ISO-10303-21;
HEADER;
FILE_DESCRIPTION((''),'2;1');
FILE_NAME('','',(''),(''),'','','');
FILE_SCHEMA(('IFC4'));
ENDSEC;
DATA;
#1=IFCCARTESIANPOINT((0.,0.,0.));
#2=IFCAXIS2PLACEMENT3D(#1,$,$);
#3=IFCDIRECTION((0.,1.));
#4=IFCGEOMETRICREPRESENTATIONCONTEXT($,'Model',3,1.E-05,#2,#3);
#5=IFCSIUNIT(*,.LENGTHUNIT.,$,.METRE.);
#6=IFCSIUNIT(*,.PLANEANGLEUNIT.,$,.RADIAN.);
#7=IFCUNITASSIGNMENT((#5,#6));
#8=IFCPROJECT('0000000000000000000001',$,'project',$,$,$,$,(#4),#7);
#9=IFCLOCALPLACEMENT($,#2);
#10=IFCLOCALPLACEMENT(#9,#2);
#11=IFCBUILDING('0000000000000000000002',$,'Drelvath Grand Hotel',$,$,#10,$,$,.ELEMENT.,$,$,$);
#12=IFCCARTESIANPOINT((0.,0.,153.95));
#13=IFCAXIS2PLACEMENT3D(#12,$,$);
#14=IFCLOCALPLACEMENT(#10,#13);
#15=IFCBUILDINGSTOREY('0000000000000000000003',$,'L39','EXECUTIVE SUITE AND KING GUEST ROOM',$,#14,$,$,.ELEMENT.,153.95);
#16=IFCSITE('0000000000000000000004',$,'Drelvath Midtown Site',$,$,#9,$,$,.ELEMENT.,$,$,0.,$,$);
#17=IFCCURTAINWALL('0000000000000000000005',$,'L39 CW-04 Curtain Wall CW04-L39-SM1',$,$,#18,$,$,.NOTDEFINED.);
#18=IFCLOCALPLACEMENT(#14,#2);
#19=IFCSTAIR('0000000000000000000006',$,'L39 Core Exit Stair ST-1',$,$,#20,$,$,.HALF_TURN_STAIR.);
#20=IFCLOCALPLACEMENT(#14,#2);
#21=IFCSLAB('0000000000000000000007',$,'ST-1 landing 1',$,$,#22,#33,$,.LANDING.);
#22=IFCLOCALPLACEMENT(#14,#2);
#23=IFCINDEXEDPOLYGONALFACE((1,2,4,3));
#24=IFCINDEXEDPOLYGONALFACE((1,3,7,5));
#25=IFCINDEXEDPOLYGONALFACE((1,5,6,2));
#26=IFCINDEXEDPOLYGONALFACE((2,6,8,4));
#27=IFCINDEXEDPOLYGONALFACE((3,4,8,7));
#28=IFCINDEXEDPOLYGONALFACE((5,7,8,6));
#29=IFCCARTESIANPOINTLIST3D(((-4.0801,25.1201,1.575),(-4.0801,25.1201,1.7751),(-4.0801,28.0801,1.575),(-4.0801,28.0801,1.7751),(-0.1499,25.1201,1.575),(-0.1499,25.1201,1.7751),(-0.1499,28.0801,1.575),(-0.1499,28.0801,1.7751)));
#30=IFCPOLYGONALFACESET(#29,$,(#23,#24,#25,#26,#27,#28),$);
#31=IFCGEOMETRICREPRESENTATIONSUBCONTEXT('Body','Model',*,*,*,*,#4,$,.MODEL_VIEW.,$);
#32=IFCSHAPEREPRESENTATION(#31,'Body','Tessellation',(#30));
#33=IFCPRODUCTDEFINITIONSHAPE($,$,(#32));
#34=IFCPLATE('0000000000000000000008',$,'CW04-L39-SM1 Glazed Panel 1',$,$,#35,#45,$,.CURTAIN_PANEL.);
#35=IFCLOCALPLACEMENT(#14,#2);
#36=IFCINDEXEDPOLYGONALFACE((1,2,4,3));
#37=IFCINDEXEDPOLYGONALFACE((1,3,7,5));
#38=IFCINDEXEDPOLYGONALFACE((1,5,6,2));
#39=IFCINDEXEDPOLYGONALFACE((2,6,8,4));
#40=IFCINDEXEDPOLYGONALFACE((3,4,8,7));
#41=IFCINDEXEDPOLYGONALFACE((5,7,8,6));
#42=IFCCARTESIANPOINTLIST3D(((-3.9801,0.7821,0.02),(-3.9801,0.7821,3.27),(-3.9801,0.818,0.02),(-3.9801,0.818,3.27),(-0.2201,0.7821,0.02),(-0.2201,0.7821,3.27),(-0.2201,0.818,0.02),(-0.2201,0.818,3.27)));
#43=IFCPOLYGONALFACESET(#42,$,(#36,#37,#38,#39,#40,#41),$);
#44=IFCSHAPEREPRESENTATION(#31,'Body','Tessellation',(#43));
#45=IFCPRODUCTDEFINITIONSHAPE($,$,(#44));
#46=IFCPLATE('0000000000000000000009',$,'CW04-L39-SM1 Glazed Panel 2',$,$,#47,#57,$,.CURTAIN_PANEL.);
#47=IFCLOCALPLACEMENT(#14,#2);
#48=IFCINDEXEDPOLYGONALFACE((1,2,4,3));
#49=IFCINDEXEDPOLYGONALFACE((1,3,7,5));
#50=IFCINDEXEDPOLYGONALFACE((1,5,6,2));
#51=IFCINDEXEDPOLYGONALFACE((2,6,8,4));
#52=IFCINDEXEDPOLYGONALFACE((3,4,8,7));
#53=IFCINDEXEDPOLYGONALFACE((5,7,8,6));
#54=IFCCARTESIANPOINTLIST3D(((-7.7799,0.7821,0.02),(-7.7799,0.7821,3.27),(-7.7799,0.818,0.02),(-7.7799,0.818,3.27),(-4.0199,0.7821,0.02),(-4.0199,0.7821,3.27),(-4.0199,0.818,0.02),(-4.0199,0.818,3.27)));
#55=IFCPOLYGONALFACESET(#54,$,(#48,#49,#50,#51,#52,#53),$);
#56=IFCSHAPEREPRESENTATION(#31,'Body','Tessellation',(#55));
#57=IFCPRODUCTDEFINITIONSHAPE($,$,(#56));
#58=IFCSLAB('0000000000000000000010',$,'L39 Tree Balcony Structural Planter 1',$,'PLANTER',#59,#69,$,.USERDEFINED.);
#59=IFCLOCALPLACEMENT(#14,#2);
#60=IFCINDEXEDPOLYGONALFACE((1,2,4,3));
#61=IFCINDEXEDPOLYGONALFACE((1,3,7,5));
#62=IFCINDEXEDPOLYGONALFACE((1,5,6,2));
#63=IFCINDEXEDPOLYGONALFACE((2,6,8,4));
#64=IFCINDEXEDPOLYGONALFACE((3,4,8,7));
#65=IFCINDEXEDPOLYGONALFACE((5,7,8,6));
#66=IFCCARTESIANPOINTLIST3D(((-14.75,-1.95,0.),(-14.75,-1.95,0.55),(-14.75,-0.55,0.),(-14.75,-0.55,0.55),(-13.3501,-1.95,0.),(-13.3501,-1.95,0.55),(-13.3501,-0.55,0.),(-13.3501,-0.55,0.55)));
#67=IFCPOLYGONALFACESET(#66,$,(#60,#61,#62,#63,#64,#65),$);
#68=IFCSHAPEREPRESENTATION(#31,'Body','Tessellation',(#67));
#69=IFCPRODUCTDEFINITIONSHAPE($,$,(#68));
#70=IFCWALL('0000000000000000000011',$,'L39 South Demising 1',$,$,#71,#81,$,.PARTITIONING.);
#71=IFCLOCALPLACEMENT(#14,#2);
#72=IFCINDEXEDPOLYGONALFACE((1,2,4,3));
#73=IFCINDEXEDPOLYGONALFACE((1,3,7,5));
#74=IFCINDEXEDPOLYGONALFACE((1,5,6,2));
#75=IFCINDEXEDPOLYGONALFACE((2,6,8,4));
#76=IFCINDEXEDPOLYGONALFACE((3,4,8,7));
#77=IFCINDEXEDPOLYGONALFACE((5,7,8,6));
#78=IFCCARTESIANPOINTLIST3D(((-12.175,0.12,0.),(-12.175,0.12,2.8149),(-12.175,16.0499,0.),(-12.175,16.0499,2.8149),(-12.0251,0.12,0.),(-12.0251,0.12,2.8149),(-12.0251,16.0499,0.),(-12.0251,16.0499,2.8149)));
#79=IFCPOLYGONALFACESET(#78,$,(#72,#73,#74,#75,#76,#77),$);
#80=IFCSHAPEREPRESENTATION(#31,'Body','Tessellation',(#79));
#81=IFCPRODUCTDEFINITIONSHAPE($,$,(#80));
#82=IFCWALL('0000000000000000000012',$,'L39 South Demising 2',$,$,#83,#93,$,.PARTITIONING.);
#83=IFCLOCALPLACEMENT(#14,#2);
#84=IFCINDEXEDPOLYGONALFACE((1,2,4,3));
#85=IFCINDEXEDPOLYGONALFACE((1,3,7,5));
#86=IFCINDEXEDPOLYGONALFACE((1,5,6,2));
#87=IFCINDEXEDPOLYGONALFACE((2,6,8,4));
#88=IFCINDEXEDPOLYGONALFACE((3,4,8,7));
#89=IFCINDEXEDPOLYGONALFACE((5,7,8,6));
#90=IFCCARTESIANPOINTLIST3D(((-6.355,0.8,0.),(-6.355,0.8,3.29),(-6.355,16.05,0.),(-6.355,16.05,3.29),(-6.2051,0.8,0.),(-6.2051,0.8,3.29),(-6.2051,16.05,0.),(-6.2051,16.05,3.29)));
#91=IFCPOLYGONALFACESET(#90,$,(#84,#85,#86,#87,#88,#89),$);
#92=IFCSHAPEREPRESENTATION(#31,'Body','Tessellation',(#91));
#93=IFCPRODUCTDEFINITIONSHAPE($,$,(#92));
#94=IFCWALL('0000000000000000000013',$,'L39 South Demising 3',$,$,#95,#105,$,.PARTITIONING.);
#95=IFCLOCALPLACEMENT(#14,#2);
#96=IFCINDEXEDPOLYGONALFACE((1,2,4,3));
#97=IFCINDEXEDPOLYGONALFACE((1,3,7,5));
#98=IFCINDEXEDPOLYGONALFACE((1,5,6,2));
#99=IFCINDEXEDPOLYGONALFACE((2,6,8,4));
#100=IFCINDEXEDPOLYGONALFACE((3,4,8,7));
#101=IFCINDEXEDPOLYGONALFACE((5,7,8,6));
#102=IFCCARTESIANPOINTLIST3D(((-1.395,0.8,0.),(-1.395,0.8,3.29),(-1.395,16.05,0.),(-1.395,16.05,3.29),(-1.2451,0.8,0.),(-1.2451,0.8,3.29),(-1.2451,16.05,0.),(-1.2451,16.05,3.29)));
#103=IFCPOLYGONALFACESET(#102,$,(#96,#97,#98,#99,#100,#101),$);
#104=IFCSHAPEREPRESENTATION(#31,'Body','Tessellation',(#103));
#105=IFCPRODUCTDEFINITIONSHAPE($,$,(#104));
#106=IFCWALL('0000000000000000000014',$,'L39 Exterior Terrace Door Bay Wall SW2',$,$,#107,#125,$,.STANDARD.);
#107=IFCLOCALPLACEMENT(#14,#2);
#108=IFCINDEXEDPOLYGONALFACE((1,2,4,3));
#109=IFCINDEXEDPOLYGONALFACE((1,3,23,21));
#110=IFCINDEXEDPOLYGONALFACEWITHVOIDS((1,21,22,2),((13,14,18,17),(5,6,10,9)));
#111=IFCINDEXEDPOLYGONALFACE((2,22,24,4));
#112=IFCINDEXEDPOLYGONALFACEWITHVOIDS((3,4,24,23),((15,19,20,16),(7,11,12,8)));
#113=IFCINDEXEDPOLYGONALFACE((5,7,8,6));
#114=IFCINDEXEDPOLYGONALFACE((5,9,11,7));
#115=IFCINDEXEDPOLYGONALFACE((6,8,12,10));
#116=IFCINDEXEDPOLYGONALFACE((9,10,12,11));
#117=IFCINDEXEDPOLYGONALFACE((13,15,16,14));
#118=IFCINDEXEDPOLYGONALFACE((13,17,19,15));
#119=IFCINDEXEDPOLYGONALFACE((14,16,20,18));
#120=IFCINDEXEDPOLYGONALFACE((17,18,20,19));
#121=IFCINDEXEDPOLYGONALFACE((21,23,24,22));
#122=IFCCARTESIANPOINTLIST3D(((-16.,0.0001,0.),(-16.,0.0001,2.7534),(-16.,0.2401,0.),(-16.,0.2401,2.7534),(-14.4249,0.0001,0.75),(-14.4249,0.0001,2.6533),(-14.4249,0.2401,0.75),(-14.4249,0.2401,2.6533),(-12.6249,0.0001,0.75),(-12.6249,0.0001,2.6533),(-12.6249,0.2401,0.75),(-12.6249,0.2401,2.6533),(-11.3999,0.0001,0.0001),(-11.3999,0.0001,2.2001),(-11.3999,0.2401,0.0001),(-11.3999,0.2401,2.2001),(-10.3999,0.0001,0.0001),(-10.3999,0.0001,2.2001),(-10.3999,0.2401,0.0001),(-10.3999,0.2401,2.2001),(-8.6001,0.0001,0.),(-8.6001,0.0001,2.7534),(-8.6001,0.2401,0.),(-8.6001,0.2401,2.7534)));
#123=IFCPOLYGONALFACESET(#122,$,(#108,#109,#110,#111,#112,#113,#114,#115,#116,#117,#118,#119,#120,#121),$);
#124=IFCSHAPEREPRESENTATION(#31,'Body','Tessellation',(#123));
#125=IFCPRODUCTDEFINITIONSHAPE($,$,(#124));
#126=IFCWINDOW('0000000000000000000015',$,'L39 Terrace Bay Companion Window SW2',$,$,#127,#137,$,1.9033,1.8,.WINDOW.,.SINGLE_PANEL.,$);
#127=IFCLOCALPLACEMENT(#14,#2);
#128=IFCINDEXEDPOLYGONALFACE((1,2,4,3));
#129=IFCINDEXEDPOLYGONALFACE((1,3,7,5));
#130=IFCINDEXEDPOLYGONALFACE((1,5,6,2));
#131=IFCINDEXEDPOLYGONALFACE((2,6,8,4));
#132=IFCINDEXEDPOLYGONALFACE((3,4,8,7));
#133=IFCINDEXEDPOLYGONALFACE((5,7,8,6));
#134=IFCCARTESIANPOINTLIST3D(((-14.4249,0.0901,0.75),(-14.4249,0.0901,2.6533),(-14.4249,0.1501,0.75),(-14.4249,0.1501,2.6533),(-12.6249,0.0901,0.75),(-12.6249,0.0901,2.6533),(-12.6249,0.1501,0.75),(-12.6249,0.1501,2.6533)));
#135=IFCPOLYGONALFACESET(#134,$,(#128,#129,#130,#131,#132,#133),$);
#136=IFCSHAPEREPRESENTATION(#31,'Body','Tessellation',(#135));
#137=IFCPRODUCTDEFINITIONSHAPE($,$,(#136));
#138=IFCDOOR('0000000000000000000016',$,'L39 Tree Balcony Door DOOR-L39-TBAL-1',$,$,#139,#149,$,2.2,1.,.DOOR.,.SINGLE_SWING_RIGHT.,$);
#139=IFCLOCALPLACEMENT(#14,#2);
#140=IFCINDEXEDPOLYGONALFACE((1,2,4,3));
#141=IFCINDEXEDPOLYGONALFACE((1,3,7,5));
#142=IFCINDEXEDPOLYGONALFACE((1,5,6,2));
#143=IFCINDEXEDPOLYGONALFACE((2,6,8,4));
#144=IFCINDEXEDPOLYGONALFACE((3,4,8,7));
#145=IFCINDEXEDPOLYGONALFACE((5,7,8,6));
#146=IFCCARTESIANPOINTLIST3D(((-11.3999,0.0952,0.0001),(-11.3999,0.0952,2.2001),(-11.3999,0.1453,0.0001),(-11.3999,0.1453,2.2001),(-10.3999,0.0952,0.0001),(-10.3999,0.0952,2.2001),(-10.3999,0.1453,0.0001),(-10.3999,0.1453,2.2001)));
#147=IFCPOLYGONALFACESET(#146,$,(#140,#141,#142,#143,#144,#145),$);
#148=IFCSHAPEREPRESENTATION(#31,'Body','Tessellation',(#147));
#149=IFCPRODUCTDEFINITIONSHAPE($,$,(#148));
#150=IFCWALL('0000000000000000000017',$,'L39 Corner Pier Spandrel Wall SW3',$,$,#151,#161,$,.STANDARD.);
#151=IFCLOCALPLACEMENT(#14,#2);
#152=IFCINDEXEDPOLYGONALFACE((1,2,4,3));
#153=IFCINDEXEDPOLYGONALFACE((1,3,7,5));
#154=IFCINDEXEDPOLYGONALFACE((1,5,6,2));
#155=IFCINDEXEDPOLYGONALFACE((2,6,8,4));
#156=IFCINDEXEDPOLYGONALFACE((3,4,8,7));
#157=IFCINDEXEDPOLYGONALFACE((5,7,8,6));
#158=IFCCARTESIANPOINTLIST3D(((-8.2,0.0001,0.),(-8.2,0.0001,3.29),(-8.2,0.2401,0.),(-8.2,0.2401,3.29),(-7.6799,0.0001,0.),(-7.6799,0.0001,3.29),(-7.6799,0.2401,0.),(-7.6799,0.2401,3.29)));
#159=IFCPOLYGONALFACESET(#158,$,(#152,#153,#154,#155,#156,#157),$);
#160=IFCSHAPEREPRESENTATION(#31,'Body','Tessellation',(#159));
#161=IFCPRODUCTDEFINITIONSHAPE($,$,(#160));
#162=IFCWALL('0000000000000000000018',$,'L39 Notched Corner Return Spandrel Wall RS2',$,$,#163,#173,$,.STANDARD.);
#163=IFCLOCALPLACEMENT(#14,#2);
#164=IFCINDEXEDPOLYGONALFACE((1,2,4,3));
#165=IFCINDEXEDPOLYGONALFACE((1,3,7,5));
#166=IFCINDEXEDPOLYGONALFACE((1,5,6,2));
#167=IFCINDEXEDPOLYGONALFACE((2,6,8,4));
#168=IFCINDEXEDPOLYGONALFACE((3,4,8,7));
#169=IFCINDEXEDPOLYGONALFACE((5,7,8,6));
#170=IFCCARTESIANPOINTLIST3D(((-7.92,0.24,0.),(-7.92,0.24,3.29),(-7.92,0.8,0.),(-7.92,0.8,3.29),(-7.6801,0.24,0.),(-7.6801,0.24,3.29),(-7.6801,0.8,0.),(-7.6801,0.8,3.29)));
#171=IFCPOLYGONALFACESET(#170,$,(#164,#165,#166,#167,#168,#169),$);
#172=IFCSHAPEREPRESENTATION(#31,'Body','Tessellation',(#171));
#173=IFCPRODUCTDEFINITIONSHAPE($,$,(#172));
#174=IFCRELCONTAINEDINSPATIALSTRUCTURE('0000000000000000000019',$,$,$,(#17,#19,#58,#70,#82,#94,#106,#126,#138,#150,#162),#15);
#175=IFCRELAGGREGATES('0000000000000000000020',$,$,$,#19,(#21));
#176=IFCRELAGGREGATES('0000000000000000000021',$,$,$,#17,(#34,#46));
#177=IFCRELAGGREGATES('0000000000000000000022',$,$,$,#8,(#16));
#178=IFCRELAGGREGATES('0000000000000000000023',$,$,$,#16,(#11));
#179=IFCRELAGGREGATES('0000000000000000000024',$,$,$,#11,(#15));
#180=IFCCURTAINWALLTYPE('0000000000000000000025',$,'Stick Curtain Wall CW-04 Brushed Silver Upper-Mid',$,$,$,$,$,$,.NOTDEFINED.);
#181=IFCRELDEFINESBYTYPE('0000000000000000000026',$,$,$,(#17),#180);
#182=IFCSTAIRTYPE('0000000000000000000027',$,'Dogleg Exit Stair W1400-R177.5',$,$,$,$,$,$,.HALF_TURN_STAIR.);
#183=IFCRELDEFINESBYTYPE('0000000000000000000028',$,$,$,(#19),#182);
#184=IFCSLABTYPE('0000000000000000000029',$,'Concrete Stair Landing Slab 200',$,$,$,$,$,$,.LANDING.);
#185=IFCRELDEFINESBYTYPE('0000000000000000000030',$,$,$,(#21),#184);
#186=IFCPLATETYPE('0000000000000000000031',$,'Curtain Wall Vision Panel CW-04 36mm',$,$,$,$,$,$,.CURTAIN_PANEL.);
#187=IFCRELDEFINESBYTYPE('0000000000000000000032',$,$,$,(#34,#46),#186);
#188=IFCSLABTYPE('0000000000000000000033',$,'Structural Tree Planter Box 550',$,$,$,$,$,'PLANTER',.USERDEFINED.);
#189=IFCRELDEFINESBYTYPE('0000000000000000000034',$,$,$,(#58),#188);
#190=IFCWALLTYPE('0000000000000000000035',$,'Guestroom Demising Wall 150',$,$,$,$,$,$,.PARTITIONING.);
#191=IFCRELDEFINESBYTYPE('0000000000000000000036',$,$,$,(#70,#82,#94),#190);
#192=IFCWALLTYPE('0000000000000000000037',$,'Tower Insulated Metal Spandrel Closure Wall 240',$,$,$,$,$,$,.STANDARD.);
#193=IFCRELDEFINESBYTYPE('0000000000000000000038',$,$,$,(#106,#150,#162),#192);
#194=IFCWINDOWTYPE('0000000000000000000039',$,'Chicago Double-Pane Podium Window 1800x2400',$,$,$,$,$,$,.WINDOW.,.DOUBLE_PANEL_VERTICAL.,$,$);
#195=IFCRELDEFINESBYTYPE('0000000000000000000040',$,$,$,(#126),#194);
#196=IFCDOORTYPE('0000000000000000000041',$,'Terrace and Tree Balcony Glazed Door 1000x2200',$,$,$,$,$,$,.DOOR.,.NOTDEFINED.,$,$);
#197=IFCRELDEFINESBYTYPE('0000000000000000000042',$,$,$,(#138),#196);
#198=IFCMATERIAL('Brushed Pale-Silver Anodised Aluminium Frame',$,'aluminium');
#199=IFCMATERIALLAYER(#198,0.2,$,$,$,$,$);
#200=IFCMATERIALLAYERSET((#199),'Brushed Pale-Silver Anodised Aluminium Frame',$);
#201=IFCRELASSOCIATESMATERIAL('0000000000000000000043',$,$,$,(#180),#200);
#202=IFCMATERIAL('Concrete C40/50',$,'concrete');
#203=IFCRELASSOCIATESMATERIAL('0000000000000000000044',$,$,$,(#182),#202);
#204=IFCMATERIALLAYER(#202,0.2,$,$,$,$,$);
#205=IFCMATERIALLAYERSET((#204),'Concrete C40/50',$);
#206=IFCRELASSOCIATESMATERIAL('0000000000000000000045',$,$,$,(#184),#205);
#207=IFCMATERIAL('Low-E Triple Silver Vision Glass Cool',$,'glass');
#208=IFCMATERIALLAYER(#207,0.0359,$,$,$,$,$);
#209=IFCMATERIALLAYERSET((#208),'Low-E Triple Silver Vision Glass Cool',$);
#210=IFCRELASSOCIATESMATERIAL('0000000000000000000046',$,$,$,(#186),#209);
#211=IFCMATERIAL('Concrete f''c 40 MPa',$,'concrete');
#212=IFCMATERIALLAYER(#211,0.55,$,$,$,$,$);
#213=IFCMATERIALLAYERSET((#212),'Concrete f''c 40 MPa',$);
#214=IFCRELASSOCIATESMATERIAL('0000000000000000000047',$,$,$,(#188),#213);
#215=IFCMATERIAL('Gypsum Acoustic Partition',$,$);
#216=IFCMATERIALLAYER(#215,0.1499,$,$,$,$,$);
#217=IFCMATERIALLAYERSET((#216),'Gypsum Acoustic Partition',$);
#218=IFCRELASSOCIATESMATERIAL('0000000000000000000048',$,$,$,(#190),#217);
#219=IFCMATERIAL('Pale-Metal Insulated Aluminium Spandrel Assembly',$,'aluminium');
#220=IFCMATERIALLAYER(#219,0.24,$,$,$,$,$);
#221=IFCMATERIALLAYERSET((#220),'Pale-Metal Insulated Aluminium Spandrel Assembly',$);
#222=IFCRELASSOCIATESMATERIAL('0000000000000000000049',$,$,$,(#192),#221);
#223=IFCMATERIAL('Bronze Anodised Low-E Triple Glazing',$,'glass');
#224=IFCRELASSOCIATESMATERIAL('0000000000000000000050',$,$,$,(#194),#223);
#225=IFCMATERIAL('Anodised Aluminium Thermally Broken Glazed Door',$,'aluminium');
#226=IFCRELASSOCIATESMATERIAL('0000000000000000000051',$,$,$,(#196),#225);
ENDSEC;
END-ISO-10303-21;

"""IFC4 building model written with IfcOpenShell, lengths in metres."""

from ifc_helpers import new_model, si_unit, direction, frame, frame_2d, origin, origin_2d, place, context, subcontext, project, spatial, polyline, rectangle, outline, extrude, material, layer, layer_set, type_object, element, fill, aggregate, save


model = new_model("IFC4")

# Units and contexts
model_context = context("Model", 3, precision=1e-05, world=origin(), true_north=direction((0.0, 1.0)))
body_context = subcontext(model_context, "Body", "Model", "MODEL_VIEW")
ifc_project = project(units=[si_unit("LENGTHUNIT", "METRE"), si_unit("PLANEANGLEUNIT", "RADIAN")], contexts=[model_context])

# Site, building, storey
site_placement = place(None, origin())
site = spatial("IfcSite", under=ifc_project, at=site_placement, Name="Drelvath Midtown Site", CompositionType="ELEMENT", RefElevation=0.0)
building_placement = place(site_placement, origin())
building = spatial("IfcBuilding", under=site, at=building_placement, Name="Drelvath Grand Hotel", CompositionType="ELEMENT")
storey_placement = place(building_placement, frame((0.0, 0.0, 153.95)))
storey = spatial("IfcBuildingStorey", under=building, at=storey_placement, Name="L39", Description="EXECUTIVE SUITE AND KING GUEST ROOM", CompositionType="ELEMENT", Elevation=153.95)

# Curtain wall
ifc_material_1 = material(Name="Brushed Pale-Silver Anodised Aluminium Frame", Category="aluminium")
ifc_layer_1 = layer(ifc_material_1, 0.2)
ifc_layer_set_1 = layer_set([ifc_layer_1], Name="Brushed Pale-Silver Anodised Aluminium Frame")
curtain_wall_type = type_object("IfcCurtainWallType", Name="Stick Curtain Wall CW-04 Brushed Silver Upper-Mid", PredefinedType="NOTDEFINED", material=ifc_layer_set_1)
curtain_wall_placement = place(storey_placement, origin())
curtain_wall = element("IfcCurtainWall", 1, at=curtain_wall_placement, inside=storey, type_object=curtain_wall_type, Name="L39 CW-04 Curtain Wall CW04-L39-SM1", PredefinedType="NOTDEFINED")

# Shared definitions
ifc_material_2 = material(Name="Concrete f'c 40 MPa", Category="concrete")

# Stair, slab
ifc_material_3 = material(Name="Concrete C40/50", Category="concrete")
stair_type = type_object("IfcStairType", Name="Dogleg Exit Stair W1400-R177.5", PredefinedType="HALF_TURN_STAIR", material=ifc_material_3)
stair_placement = place(storey_placement, origin())
stair = element("IfcStair", 2, at=stair_placement, inside=storey, type_object=stair_type, Name="L39 Core Exit Stair ST-1", PredefinedType="HALF_TURN_STAIR")
ifc_layer_2 = layer(ifc_material_3, 0.2)
ifc_layer_set_2 = layer_set([ifc_layer_2], Name="Concrete C40/50")
slab_type_1 = type_object("IfcSlabType", Name="Concrete Stair Landing Slab 200", PredefinedType="LANDING", material=ifc_layer_set_2)
slab_1_placement = place(storey_placement, frame((0.0, 0.0, 1.575)))
slab_1 = element("IfcSlab", 3, at=slab_1_placement, type_object=slab_type_1, Name="ST-1 landing 1", PredefinedType="LANDING", context=body_context, shape_type="SweptSolid", body=[
    extrude(outline(polyline([(-4.0801, 25.1201), (-0.1499, 25.1201), (-0.1499, 28.0801), (-4.0801, 28.0801), (-4.0801, 25.1201)])), origin(), (0.0, 0.0, 1.0), 0.2002),
])
aggregate(stair, [slab_1])

# Plates
ifc_material_4 = material(Name="Low-E Triple Silver Vision Glass Cool", Category="glass")
ifc_layer_3 = layer(ifc_material_4, 0.0359)
ifc_layer_set_3 = layer_set([ifc_layer_3], Name="Low-E Triple Silver Vision Glass Cool")
plate_type = type_object("IfcPlateType", Name="Curtain Wall Vision Panel CW-04 36mm", PredefinedType="CURTAIN_PANEL", material=ifc_layer_set_3)
plate_1_placement = place(storey_placement, frame((-2.1001, 0.8, 0.02), z_axis=(0.0, 0.0, 1.0), x_axis=(-1.0, 0.0, 0.0)))
plate_1 = element("IfcPlate", 4, at=plate_1_placement, type_object=plate_type, Name="CW04-L39-SM1 Glazed Panel 1", PredefinedType="CURTAIN_PANEL", context=body_context, shape_type="SweptSolid", body=[
    extrude(rectangle(XDim=3.76, YDim=0.0359, at=origin_2d()), origin(), (0.0, 0.0, 1.0), 3.25),
])
plate_2_placement = place(storey_placement, frame((-5.8999, 0.8, 0.02), z_axis=(0.0, 0.0, 1.0), x_axis=(-1.0, 0.0, 0.0)))
plate_2 = element("IfcPlate", 5, at=plate_2_placement, type_object=plate_type, Name="CW04-L39-SM1 Glazed Panel 2", PredefinedType="CURTAIN_PANEL", context=body_context, shape_type="SweptSolid", body=[
    extrude(rectangle(XDim=3.76, YDim=0.0359, at=origin_2d()), origin(), (0.0, 0.0, 1.0), 3.25),
])
aggregate(curtain_wall, [plate_1, plate_2])

# Slab
ifc_layer_4 = layer(ifc_material_2, 0.55)
ifc_layer_set_4 = layer_set([ifc_layer_4], Name="Concrete f'c 40 MPa")
slab_type_2 = type_object("IfcSlabType", Name="Structural Tree Planter Box 550", ElementType="PLANTER", PredefinedType="USERDEFINED", material=ifc_layer_set_4)
slab_2_placement = place(storey_placement, origin())
element("IfcSlab", 6, at=slab_2_placement, inside=storey, type_object=slab_type_2, Name="L39 Tree Balcony Structural Planter 1", ObjectType="PLANTER", PredefinedType="USERDEFINED", context=body_context, shape_type="SweptSolid", body=[
    extrude(outline(polyline([(-14.75, -1.95), (-13.3501, -1.95), (-13.3501, -0.55), (-14.75, -0.55), (-14.75, -1.95)])), origin(), (0.0, 0.0, 1.0), 0.55),
])

# Walls
ifc_material_5 = material(Name="Gypsum Acoustic Partition")
ifc_layer_5 = layer(ifc_material_5, 0.1499)
ifc_layer_set_5 = layer_set([ifc_layer_5], Name="Gypsum Acoustic Partition")
wall_type_1 = type_object("IfcWallType", Name="Guestroom Demising Wall 150", PredefinedType="PARTITIONING", material=ifc_layer_set_5)
wall_1_placement = place(storey_placement, frame((-12.1001, 0.1201, 0.0), z_axis=(0.0, 0.0, 1.0), x_axis=(0.0, 1.0, 0.0)))
element("IfcWall", 7, at=wall_1_placement, inside=storey, type_object=wall_type_1, Name="L39 South Demising 1", PredefinedType="PARTITIONING", context=body_context, shape_type="SweptSolid", body=[
    extrude(rectangle(XDim=15.9299, YDim=0.1499, at=frame_2d((7.9648, 0.0))), origin(), (0.0, 0.0, 1.0), 2.8149),
])
for number, where, z_axis, x_axis, name in (
    (8, (-6.28, 0.8, 0.0), (0.0, 0.0, 1.0), (0.0, 1.0, 0.0), "L39 South Demising 2"),
    (9, (-1.3201, 0.8, 0.0), (0.0, 0.0, 1.0), (0.0, 1.0, 0.0), "L39 South Demising 3"),
):
    element("IfcWall", number, at=place(storey_placement, frame(where, z_axis=z_axis, x_axis=x_axis)), inside=storey, type_object=wall_type_1, Name=name, PredefinedType="PARTITIONING", context=body_context, shape_type="SweptSolid", body=[
        extrude(rectangle(XDim=15.25, YDim=0.1499, at=frame_2d((7.625, 0.0))), origin(), (0.0, 0.0, 1.0), 3.29),
    ])

# Wall, openings, window, door
ifc_material_6 = material(Name="Pale-Metal Insulated Aluminium Spandrel Assembly", Category="aluminium")
ifc_layer_6 = layer(ifc_material_6, 0.24)
ifc_layer_set_6 = layer_set([ifc_layer_6], Name="Pale-Metal Insulated Aluminium Spandrel Assembly")
wall_type_2 = type_object("IfcWallType", Name="Tower Insulated Metal Spandrel Closure Wall 240", PredefinedType="STANDARD", material=ifc_layer_set_6)
wall_2_placement = place(storey_placement, frame((-8.6001, 0.1201, 0.0), z_axis=(0.0, 0.0, 1.0), x_axis=(-1.0, 0.0, 0.0)))
wall_2 = element("IfcWall", 10, at=wall_2_placement, inside=storey, type_object=wall_type_2, Name="L39 Exterior Terrace Door Bay Wall SW2", PredefinedType="STANDARD", context=body_context, shape_type="SweptSolid", body=[
    extrude(rectangle(XDim=7.3999, YDim=0.24, at=frame_2d((3.7, 0.0))), origin(), (0.0, 0.0, 1.0), 2.7534),
])
opening_1_placement = place(wall_2_placement, frame((1.7998, 0.0, 0.0)))
opening_1 = element("IfcOpeningElement", 11, at=opening_1_placement, cuts=wall_2, PredefinedType="OPENING", context=body_context, shape_type="SweptSolid", body=[
    extrude(rectangle(XDim=1.0, YDim=2.2, at=frame_2d((0.5, 1.1001))), frame((0.0, 0.1299, 0.0), z_axis=(0.0, -1.0, 0.0), x_axis=(1.0, 0.0, 0.0)), (0.0, 0.0, 1.0), 0.26),
])
opening_2_placement = place(wall_2_placement, frame((4.0249, 0.0, 0.75)))
opening_2 = element("IfcOpeningElement", 12, at=opening_2_placement, cuts=wall_2, PredefinedType="OPENING", context=body_context, shape_type="SweptSolid", body=[
    extrude(rectangle(XDim=1.8, YDim=1.9033, at=frame_2d((0.8999, 0.9517))), frame((0.0, 0.1299, 0.0), z_axis=(0.0, -1.0, 0.0), x_axis=(1.0, 0.0, 0.0)), (0.0, 0.0, 1.0), 0.26),
])
ifc_material_7 = material(Name="Bronze Anodised Low-E Triple Glazing", Category="glass")
window_type = type_object("IfcWindowType", Name="Chicago Double-Pane Podium Window 1800x2400", PartitioningType="DOUBLE_PANEL_VERTICAL", PredefinedType="WINDOW", material=ifc_material_7)
window_placement = place(opening_2_placement, origin())
window = element("IfcWindow", 13, at=window_placement, inside=storey, type_object=window_type, Name="L39 Terrace Bay Companion Window SW2", OverallHeight=1.9033, OverallWidth=1.8, PartitioningType="SINGLE_PANEL", PredefinedType="WINDOW", context=body_context, shape_type="SweptSolid", body=[
    extrude(rectangle(XDim=1.8, YDim=1.9033, at=frame_2d((0.8999, 0.9517))), frame((0.0, 0.03, 0.0), z_axis=(0.0, -1.0, 0.0), x_axis=(1.0, 0.0, 0.0)), (0.0, 0.0, 1.0), 0.0601),
])
fill(opening_2, window)
ifc_material_8 = material(Name="Anodised Aluminium Thermally Broken Glazed Door", Category="aluminium")
door_type = type_object("IfcDoorType", Name="Terrace and Tree Balcony Glazed Door 1000x2200", OperationType="NOTDEFINED", PredefinedType="DOOR", material=ifc_material_8)
door_placement = place(opening_1_placement, origin())
door = element("IfcDoor", 14, at=door_placement, inside=storey, type_object=door_type, Name="L39 Tree Balcony Door DOOR-L39-TBAL-1", OperationType="SINGLE_SWING_RIGHT", OverallHeight=2.2, OverallWidth=1.0, PredefinedType="DOOR", context=body_context, shape_type="SweptSolid", body=[
    extrude(rectangle(XDim=1.0, YDim=2.2, at=frame_2d((0.5, 1.1001))), frame((0.0, 0.0249, 0.0), z_axis=(0.0, -1.0, 0.0), x_axis=(1.0, 0.0, 0.0)), (0.0, 0.0, 1.0), 0.05),
])
fill(opening_1, door)

# Walls
wall_3_placement = place(storey_placement, frame((-7.6799, 0.1201, 0.0), z_axis=(0.0, 0.0, 1.0), x_axis=(-1.0, 0.0, 0.0)))
element("IfcWall", 15, at=wall_3_placement, inside=storey, type_object=wall_type_2, Name="L39 Corner Pier Spandrel Wall SW3", PredefinedType="STANDARD", context=body_context, shape_type="SweptSolid", body=[
    extrude(rectangle(XDim=0.52, YDim=0.24, at=frame_2d((0.26, 0.0))), origin(), (0.0, 0.0, 1.0), 3.29),
])
wall_4_placement = place(storey_placement, frame((-7.8, 0.8, 0.0), z_axis=(0.0, 0.0, 1.0), x_axis=(0.0, -1.0, 0.0)))
element("IfcWall", 16, at=wall_4_placement, inside=storey, type_object=wall_type_2, Name="L39 Notched Corner Return Spandrel Wall RS2", PredefinedType="STANDARD", context=body_context, shape_type="SweptSolid", body=[
    extrude(rectangle(XDim=0.5601, YDim=0.24, at=frame_2d((0.28, 0.0))), origin(), (0.0, 0.0, 1.0), 3.29),
])

save(model, "model.ifc")
